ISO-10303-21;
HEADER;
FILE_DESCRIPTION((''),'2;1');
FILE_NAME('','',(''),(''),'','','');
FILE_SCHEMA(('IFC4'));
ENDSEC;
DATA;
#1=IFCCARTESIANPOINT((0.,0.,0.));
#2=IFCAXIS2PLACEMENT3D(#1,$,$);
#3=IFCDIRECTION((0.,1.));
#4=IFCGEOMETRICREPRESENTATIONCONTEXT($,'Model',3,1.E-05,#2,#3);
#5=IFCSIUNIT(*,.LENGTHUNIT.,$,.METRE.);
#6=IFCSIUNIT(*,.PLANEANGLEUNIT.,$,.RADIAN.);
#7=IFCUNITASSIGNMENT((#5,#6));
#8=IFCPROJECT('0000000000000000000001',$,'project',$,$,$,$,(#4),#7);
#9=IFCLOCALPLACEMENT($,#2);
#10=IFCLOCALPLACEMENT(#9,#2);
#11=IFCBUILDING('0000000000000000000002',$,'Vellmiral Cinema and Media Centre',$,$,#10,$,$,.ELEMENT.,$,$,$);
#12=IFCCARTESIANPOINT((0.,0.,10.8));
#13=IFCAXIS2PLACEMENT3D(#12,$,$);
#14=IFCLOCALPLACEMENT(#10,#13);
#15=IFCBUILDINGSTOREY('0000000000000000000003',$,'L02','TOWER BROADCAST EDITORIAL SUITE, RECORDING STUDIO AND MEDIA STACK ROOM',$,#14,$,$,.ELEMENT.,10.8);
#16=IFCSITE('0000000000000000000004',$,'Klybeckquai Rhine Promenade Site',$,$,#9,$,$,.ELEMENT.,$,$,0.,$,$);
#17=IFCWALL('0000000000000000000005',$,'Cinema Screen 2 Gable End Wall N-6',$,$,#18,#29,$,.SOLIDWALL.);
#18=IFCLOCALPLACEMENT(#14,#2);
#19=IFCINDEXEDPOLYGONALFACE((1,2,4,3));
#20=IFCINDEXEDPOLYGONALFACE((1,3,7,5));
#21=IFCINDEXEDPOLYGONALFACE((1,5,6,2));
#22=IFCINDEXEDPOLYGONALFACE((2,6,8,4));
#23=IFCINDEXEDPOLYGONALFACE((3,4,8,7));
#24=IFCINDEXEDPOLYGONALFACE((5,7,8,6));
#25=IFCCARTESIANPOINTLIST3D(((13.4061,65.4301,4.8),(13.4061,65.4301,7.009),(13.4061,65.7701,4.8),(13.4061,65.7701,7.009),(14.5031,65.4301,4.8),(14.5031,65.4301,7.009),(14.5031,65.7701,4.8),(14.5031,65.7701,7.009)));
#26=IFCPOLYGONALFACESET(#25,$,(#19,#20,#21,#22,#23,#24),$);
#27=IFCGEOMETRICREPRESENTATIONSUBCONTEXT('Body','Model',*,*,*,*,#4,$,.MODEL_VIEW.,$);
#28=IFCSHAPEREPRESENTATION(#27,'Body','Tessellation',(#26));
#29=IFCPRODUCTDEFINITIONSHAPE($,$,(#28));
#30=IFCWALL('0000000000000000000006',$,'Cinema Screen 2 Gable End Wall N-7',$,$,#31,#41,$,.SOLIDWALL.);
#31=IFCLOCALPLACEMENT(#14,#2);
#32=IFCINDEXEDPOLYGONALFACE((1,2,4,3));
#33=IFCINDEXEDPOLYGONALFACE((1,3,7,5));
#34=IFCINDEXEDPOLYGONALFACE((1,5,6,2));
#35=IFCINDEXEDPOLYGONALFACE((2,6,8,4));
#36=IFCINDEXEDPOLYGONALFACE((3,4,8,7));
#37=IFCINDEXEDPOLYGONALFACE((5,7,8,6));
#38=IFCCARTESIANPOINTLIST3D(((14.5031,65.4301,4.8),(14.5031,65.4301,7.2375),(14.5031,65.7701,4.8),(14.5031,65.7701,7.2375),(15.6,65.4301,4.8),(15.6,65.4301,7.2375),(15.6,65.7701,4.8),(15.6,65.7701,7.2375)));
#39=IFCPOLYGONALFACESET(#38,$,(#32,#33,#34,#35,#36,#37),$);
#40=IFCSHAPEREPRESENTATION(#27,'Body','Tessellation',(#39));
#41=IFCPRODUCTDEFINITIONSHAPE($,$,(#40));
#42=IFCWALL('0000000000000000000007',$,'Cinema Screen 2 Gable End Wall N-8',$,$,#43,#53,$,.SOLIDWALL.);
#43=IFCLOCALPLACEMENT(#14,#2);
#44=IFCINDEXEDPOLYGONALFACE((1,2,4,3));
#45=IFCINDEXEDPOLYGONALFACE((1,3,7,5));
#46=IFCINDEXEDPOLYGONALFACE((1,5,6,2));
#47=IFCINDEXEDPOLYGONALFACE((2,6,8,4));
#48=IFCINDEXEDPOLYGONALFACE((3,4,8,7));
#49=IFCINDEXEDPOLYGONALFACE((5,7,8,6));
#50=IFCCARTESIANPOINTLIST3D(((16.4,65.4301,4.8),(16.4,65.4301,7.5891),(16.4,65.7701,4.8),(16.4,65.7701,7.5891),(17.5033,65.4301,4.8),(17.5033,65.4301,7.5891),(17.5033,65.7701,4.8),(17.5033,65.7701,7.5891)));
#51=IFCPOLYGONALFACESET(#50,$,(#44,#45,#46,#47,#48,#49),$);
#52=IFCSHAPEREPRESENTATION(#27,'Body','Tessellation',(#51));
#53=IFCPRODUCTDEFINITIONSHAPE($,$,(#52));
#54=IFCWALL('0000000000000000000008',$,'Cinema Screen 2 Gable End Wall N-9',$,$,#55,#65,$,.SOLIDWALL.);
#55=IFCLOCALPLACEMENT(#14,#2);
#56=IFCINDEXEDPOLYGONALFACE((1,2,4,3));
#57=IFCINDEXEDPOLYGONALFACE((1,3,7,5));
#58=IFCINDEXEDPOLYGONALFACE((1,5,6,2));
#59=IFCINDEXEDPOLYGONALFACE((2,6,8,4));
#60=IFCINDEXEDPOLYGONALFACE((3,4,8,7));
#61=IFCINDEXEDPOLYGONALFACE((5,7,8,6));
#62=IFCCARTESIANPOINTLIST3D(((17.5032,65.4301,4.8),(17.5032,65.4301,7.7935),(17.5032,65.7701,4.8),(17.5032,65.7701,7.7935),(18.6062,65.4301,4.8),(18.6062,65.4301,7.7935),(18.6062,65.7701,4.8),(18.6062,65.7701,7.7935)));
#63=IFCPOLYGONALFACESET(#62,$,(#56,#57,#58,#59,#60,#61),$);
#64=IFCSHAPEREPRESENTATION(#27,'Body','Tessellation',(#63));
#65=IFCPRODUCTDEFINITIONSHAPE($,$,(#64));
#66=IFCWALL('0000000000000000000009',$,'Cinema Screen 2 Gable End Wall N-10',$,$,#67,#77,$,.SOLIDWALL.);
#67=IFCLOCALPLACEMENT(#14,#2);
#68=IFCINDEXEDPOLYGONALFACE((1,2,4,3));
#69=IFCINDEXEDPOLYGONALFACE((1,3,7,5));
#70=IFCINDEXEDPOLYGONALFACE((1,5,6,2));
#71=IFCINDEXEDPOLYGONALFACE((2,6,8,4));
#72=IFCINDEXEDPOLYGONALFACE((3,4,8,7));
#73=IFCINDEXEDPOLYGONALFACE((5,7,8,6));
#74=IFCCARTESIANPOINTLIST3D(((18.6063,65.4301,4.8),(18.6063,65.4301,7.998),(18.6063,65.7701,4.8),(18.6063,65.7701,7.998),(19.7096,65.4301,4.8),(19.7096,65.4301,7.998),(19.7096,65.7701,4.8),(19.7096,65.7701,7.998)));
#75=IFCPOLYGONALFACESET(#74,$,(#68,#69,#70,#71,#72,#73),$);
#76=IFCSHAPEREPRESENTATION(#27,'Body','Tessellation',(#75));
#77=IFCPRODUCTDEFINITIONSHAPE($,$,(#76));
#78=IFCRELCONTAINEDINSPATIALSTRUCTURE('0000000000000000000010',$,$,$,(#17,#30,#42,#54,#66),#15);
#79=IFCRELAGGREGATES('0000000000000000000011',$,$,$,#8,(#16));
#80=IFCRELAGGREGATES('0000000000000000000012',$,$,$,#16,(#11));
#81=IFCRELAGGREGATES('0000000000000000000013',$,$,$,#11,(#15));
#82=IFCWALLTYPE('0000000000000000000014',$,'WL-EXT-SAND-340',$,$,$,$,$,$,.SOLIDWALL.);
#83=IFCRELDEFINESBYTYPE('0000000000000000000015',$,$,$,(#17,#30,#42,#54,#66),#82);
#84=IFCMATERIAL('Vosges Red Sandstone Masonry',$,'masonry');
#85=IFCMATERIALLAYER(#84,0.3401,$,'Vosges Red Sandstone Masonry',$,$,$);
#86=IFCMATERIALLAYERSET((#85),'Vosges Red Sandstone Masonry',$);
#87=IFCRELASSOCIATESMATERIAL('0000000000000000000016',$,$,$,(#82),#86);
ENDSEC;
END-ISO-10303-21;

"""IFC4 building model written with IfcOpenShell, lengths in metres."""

from ifc_helpers import new_model, si_unit, direction, frame, frame_2d, origin, place, context, subcontext, project, spatial, rectangle, extrude, material, layer, layer_set, type_object, element, save


model = new_model("IFC4")

# Units and contexts
model_context = context("Model", 3, precision=1e-05, world=origin(), true_north=direction((0.0, 1.0)))
body_context = subcontext(model_context, "Body", "Model", "MODEL_VIEW")
ifc_project = project(units=[si_unit("LENGTHUNIT", "METRE"), si_unit("PLANEANGLEUNIT", "RADIAN")], contexts=[model_context])

# Site, building, storey
site_placement = place(None, origin())
site = spatial("IfcSite", under=ifc_project, at=site_placement, Name="Klybeckquai Rhine Promenade Site", CompositionType="ELEMENT", RefElevation=0.0)
building_placement = place(site_placement, origin())
building = spatial("IfcBuilding", under=site, at=building_placement, Name="Vellmiral Cinema and Media Centre", CompositionType="ELEMENT")
storey_placement = place(building_placement, frame((0.0, 0.0, 10.8)))
storey = spatial("IfcBuildingStorey", under=building, at=storey_placement, Name="L02", Description="TOWER BROADCAST EDITORIAL SUITE, RECORDING STUDIO AND MEDIA STACK ROOM", CompositionType="ELEMENT", Elevation=10.8)

# Walls
ifc_material_1 = material(Name="Vosges Red Sandstone Masonry", Category="masonry")
ifc_layer_1 = layer(ifc_material_1, 0.3401, Name="Vosges Red Sandstone Masonry")
ifc_layer_set_1 = layer_set([ifc_layer_1], Name="Vosges Red Sandstone Masonry")
wall_type_1 = type_object("IfcWallType", Name="WL-EXT-SAND-340", PredefinedType="SOLIDWALL", material=ifc_layer_set_1)
wall_1_placement = place(storey_placement, frame((13.4062, 65.6001, 4.8), z_axis=(0.0, 0.0, 1.0), x_axis=(1.0, 0.0, 0.0)))
element("IfcWall", 1, at=wall_1_placement, inside=storey, type_object=wall_type_1, Name="Cinema Screen 2 Gable End Wall N-6", PredefinedType="SOLIDWALL", context=body_context, shape_type="SweptSolid", body=[
    extrude(rectangle(XDim=1.0969, YDim=0.3401, at=frame_2d((0.5483, 0.0))), origin(), (0.0, 0.0, 1.0), 2.209),
])
wall_2_placement = place(storey_placement, frame((14.5032, 65.6001, 4.8), z_axis=(0.0, 0.0, 1.0), x_axis=(1.0, 0.0, 0.0)))
element("IfcWall", 2, at=wall_2_placement, inside=storey, type_object=wall_type_1, Name="Cinema Screen 2 Gable End Wall N-7", PredefinedType="SOLIDWALL", context=body_context, shape_type="SweptSolid", body=[
    extrude(rectangle(XDim=1.0969, YDim=0.3401, at=frame_2d((0.5483, 0.0))), origin(), (0.0, 0.0, 1.0), 2.4375),
])
wall_3_placement = place(storey_placement, frame((16.3999, 65.6001, 4.8), z_axis=(0.0, 0.0, 1.0), x_axis=(1.0, 0.0, 0.0)))
element("IfcWall", 3, at=wall_3_placement, inside=storey, type_object=wall_type_1, Name="Cinema Screen 2 Gable End Wall N-8", PredefinedType="SOLIDWALL", context=body_context, shape_type="SweptSolid", body=[
    extrude(rectangle(XDim=1.1033, YDim=0.3401, at=frame_2d((0.5518, 0.0))), origin(), (0.0, 0.0, 1.0), 2.7891),
])
wall_4_placement = place(storey_placement, frame((17.5032, 65.6001, 4.8), z_axis=(0.0, 0.0, 1.0), x_axis=(1.0, 0.0, 0.0)))
element("IfcWall", 4, at=wall_4_placement, inside=storey, type_object=wall_type_1, Name="Cinema Screen 2 Gable End Wall N-9", PredefinedType="SOLIDWALL", context=body_context, shape_type="SweptSolid", body=[
    extrude(rectangle(XDim=1.103, YDim=0.3401, at=frame_2d((0.5515, 0.0))), origin(), (0.0, 0.0, 1.0), 2.9934),
])
wall_5_placement = place(storey_placement, frame((18.6062, 65.6001, 4.8), z_axis=(0.0, 0.0, 1.0), x_axis=(1.0, 0.0, 0.0)))
element("IfcWall", 5, at=wall_5_placement, inside=storey, type_object=wall_type_1, Name="Cinema Screen 2 Gable End Wall N-10", PredefinedType="SOLIDWALL", context=body_context, shape_type="SweptSolid", body=[
    extrude(rectangle(XDim=1.1033, YDim=0.3401, at=frame_2d((0.5518, 0.0))), origin(), (0.0, 0.0, 1.0), 3.198),
])

save(model, "model.ifc")
